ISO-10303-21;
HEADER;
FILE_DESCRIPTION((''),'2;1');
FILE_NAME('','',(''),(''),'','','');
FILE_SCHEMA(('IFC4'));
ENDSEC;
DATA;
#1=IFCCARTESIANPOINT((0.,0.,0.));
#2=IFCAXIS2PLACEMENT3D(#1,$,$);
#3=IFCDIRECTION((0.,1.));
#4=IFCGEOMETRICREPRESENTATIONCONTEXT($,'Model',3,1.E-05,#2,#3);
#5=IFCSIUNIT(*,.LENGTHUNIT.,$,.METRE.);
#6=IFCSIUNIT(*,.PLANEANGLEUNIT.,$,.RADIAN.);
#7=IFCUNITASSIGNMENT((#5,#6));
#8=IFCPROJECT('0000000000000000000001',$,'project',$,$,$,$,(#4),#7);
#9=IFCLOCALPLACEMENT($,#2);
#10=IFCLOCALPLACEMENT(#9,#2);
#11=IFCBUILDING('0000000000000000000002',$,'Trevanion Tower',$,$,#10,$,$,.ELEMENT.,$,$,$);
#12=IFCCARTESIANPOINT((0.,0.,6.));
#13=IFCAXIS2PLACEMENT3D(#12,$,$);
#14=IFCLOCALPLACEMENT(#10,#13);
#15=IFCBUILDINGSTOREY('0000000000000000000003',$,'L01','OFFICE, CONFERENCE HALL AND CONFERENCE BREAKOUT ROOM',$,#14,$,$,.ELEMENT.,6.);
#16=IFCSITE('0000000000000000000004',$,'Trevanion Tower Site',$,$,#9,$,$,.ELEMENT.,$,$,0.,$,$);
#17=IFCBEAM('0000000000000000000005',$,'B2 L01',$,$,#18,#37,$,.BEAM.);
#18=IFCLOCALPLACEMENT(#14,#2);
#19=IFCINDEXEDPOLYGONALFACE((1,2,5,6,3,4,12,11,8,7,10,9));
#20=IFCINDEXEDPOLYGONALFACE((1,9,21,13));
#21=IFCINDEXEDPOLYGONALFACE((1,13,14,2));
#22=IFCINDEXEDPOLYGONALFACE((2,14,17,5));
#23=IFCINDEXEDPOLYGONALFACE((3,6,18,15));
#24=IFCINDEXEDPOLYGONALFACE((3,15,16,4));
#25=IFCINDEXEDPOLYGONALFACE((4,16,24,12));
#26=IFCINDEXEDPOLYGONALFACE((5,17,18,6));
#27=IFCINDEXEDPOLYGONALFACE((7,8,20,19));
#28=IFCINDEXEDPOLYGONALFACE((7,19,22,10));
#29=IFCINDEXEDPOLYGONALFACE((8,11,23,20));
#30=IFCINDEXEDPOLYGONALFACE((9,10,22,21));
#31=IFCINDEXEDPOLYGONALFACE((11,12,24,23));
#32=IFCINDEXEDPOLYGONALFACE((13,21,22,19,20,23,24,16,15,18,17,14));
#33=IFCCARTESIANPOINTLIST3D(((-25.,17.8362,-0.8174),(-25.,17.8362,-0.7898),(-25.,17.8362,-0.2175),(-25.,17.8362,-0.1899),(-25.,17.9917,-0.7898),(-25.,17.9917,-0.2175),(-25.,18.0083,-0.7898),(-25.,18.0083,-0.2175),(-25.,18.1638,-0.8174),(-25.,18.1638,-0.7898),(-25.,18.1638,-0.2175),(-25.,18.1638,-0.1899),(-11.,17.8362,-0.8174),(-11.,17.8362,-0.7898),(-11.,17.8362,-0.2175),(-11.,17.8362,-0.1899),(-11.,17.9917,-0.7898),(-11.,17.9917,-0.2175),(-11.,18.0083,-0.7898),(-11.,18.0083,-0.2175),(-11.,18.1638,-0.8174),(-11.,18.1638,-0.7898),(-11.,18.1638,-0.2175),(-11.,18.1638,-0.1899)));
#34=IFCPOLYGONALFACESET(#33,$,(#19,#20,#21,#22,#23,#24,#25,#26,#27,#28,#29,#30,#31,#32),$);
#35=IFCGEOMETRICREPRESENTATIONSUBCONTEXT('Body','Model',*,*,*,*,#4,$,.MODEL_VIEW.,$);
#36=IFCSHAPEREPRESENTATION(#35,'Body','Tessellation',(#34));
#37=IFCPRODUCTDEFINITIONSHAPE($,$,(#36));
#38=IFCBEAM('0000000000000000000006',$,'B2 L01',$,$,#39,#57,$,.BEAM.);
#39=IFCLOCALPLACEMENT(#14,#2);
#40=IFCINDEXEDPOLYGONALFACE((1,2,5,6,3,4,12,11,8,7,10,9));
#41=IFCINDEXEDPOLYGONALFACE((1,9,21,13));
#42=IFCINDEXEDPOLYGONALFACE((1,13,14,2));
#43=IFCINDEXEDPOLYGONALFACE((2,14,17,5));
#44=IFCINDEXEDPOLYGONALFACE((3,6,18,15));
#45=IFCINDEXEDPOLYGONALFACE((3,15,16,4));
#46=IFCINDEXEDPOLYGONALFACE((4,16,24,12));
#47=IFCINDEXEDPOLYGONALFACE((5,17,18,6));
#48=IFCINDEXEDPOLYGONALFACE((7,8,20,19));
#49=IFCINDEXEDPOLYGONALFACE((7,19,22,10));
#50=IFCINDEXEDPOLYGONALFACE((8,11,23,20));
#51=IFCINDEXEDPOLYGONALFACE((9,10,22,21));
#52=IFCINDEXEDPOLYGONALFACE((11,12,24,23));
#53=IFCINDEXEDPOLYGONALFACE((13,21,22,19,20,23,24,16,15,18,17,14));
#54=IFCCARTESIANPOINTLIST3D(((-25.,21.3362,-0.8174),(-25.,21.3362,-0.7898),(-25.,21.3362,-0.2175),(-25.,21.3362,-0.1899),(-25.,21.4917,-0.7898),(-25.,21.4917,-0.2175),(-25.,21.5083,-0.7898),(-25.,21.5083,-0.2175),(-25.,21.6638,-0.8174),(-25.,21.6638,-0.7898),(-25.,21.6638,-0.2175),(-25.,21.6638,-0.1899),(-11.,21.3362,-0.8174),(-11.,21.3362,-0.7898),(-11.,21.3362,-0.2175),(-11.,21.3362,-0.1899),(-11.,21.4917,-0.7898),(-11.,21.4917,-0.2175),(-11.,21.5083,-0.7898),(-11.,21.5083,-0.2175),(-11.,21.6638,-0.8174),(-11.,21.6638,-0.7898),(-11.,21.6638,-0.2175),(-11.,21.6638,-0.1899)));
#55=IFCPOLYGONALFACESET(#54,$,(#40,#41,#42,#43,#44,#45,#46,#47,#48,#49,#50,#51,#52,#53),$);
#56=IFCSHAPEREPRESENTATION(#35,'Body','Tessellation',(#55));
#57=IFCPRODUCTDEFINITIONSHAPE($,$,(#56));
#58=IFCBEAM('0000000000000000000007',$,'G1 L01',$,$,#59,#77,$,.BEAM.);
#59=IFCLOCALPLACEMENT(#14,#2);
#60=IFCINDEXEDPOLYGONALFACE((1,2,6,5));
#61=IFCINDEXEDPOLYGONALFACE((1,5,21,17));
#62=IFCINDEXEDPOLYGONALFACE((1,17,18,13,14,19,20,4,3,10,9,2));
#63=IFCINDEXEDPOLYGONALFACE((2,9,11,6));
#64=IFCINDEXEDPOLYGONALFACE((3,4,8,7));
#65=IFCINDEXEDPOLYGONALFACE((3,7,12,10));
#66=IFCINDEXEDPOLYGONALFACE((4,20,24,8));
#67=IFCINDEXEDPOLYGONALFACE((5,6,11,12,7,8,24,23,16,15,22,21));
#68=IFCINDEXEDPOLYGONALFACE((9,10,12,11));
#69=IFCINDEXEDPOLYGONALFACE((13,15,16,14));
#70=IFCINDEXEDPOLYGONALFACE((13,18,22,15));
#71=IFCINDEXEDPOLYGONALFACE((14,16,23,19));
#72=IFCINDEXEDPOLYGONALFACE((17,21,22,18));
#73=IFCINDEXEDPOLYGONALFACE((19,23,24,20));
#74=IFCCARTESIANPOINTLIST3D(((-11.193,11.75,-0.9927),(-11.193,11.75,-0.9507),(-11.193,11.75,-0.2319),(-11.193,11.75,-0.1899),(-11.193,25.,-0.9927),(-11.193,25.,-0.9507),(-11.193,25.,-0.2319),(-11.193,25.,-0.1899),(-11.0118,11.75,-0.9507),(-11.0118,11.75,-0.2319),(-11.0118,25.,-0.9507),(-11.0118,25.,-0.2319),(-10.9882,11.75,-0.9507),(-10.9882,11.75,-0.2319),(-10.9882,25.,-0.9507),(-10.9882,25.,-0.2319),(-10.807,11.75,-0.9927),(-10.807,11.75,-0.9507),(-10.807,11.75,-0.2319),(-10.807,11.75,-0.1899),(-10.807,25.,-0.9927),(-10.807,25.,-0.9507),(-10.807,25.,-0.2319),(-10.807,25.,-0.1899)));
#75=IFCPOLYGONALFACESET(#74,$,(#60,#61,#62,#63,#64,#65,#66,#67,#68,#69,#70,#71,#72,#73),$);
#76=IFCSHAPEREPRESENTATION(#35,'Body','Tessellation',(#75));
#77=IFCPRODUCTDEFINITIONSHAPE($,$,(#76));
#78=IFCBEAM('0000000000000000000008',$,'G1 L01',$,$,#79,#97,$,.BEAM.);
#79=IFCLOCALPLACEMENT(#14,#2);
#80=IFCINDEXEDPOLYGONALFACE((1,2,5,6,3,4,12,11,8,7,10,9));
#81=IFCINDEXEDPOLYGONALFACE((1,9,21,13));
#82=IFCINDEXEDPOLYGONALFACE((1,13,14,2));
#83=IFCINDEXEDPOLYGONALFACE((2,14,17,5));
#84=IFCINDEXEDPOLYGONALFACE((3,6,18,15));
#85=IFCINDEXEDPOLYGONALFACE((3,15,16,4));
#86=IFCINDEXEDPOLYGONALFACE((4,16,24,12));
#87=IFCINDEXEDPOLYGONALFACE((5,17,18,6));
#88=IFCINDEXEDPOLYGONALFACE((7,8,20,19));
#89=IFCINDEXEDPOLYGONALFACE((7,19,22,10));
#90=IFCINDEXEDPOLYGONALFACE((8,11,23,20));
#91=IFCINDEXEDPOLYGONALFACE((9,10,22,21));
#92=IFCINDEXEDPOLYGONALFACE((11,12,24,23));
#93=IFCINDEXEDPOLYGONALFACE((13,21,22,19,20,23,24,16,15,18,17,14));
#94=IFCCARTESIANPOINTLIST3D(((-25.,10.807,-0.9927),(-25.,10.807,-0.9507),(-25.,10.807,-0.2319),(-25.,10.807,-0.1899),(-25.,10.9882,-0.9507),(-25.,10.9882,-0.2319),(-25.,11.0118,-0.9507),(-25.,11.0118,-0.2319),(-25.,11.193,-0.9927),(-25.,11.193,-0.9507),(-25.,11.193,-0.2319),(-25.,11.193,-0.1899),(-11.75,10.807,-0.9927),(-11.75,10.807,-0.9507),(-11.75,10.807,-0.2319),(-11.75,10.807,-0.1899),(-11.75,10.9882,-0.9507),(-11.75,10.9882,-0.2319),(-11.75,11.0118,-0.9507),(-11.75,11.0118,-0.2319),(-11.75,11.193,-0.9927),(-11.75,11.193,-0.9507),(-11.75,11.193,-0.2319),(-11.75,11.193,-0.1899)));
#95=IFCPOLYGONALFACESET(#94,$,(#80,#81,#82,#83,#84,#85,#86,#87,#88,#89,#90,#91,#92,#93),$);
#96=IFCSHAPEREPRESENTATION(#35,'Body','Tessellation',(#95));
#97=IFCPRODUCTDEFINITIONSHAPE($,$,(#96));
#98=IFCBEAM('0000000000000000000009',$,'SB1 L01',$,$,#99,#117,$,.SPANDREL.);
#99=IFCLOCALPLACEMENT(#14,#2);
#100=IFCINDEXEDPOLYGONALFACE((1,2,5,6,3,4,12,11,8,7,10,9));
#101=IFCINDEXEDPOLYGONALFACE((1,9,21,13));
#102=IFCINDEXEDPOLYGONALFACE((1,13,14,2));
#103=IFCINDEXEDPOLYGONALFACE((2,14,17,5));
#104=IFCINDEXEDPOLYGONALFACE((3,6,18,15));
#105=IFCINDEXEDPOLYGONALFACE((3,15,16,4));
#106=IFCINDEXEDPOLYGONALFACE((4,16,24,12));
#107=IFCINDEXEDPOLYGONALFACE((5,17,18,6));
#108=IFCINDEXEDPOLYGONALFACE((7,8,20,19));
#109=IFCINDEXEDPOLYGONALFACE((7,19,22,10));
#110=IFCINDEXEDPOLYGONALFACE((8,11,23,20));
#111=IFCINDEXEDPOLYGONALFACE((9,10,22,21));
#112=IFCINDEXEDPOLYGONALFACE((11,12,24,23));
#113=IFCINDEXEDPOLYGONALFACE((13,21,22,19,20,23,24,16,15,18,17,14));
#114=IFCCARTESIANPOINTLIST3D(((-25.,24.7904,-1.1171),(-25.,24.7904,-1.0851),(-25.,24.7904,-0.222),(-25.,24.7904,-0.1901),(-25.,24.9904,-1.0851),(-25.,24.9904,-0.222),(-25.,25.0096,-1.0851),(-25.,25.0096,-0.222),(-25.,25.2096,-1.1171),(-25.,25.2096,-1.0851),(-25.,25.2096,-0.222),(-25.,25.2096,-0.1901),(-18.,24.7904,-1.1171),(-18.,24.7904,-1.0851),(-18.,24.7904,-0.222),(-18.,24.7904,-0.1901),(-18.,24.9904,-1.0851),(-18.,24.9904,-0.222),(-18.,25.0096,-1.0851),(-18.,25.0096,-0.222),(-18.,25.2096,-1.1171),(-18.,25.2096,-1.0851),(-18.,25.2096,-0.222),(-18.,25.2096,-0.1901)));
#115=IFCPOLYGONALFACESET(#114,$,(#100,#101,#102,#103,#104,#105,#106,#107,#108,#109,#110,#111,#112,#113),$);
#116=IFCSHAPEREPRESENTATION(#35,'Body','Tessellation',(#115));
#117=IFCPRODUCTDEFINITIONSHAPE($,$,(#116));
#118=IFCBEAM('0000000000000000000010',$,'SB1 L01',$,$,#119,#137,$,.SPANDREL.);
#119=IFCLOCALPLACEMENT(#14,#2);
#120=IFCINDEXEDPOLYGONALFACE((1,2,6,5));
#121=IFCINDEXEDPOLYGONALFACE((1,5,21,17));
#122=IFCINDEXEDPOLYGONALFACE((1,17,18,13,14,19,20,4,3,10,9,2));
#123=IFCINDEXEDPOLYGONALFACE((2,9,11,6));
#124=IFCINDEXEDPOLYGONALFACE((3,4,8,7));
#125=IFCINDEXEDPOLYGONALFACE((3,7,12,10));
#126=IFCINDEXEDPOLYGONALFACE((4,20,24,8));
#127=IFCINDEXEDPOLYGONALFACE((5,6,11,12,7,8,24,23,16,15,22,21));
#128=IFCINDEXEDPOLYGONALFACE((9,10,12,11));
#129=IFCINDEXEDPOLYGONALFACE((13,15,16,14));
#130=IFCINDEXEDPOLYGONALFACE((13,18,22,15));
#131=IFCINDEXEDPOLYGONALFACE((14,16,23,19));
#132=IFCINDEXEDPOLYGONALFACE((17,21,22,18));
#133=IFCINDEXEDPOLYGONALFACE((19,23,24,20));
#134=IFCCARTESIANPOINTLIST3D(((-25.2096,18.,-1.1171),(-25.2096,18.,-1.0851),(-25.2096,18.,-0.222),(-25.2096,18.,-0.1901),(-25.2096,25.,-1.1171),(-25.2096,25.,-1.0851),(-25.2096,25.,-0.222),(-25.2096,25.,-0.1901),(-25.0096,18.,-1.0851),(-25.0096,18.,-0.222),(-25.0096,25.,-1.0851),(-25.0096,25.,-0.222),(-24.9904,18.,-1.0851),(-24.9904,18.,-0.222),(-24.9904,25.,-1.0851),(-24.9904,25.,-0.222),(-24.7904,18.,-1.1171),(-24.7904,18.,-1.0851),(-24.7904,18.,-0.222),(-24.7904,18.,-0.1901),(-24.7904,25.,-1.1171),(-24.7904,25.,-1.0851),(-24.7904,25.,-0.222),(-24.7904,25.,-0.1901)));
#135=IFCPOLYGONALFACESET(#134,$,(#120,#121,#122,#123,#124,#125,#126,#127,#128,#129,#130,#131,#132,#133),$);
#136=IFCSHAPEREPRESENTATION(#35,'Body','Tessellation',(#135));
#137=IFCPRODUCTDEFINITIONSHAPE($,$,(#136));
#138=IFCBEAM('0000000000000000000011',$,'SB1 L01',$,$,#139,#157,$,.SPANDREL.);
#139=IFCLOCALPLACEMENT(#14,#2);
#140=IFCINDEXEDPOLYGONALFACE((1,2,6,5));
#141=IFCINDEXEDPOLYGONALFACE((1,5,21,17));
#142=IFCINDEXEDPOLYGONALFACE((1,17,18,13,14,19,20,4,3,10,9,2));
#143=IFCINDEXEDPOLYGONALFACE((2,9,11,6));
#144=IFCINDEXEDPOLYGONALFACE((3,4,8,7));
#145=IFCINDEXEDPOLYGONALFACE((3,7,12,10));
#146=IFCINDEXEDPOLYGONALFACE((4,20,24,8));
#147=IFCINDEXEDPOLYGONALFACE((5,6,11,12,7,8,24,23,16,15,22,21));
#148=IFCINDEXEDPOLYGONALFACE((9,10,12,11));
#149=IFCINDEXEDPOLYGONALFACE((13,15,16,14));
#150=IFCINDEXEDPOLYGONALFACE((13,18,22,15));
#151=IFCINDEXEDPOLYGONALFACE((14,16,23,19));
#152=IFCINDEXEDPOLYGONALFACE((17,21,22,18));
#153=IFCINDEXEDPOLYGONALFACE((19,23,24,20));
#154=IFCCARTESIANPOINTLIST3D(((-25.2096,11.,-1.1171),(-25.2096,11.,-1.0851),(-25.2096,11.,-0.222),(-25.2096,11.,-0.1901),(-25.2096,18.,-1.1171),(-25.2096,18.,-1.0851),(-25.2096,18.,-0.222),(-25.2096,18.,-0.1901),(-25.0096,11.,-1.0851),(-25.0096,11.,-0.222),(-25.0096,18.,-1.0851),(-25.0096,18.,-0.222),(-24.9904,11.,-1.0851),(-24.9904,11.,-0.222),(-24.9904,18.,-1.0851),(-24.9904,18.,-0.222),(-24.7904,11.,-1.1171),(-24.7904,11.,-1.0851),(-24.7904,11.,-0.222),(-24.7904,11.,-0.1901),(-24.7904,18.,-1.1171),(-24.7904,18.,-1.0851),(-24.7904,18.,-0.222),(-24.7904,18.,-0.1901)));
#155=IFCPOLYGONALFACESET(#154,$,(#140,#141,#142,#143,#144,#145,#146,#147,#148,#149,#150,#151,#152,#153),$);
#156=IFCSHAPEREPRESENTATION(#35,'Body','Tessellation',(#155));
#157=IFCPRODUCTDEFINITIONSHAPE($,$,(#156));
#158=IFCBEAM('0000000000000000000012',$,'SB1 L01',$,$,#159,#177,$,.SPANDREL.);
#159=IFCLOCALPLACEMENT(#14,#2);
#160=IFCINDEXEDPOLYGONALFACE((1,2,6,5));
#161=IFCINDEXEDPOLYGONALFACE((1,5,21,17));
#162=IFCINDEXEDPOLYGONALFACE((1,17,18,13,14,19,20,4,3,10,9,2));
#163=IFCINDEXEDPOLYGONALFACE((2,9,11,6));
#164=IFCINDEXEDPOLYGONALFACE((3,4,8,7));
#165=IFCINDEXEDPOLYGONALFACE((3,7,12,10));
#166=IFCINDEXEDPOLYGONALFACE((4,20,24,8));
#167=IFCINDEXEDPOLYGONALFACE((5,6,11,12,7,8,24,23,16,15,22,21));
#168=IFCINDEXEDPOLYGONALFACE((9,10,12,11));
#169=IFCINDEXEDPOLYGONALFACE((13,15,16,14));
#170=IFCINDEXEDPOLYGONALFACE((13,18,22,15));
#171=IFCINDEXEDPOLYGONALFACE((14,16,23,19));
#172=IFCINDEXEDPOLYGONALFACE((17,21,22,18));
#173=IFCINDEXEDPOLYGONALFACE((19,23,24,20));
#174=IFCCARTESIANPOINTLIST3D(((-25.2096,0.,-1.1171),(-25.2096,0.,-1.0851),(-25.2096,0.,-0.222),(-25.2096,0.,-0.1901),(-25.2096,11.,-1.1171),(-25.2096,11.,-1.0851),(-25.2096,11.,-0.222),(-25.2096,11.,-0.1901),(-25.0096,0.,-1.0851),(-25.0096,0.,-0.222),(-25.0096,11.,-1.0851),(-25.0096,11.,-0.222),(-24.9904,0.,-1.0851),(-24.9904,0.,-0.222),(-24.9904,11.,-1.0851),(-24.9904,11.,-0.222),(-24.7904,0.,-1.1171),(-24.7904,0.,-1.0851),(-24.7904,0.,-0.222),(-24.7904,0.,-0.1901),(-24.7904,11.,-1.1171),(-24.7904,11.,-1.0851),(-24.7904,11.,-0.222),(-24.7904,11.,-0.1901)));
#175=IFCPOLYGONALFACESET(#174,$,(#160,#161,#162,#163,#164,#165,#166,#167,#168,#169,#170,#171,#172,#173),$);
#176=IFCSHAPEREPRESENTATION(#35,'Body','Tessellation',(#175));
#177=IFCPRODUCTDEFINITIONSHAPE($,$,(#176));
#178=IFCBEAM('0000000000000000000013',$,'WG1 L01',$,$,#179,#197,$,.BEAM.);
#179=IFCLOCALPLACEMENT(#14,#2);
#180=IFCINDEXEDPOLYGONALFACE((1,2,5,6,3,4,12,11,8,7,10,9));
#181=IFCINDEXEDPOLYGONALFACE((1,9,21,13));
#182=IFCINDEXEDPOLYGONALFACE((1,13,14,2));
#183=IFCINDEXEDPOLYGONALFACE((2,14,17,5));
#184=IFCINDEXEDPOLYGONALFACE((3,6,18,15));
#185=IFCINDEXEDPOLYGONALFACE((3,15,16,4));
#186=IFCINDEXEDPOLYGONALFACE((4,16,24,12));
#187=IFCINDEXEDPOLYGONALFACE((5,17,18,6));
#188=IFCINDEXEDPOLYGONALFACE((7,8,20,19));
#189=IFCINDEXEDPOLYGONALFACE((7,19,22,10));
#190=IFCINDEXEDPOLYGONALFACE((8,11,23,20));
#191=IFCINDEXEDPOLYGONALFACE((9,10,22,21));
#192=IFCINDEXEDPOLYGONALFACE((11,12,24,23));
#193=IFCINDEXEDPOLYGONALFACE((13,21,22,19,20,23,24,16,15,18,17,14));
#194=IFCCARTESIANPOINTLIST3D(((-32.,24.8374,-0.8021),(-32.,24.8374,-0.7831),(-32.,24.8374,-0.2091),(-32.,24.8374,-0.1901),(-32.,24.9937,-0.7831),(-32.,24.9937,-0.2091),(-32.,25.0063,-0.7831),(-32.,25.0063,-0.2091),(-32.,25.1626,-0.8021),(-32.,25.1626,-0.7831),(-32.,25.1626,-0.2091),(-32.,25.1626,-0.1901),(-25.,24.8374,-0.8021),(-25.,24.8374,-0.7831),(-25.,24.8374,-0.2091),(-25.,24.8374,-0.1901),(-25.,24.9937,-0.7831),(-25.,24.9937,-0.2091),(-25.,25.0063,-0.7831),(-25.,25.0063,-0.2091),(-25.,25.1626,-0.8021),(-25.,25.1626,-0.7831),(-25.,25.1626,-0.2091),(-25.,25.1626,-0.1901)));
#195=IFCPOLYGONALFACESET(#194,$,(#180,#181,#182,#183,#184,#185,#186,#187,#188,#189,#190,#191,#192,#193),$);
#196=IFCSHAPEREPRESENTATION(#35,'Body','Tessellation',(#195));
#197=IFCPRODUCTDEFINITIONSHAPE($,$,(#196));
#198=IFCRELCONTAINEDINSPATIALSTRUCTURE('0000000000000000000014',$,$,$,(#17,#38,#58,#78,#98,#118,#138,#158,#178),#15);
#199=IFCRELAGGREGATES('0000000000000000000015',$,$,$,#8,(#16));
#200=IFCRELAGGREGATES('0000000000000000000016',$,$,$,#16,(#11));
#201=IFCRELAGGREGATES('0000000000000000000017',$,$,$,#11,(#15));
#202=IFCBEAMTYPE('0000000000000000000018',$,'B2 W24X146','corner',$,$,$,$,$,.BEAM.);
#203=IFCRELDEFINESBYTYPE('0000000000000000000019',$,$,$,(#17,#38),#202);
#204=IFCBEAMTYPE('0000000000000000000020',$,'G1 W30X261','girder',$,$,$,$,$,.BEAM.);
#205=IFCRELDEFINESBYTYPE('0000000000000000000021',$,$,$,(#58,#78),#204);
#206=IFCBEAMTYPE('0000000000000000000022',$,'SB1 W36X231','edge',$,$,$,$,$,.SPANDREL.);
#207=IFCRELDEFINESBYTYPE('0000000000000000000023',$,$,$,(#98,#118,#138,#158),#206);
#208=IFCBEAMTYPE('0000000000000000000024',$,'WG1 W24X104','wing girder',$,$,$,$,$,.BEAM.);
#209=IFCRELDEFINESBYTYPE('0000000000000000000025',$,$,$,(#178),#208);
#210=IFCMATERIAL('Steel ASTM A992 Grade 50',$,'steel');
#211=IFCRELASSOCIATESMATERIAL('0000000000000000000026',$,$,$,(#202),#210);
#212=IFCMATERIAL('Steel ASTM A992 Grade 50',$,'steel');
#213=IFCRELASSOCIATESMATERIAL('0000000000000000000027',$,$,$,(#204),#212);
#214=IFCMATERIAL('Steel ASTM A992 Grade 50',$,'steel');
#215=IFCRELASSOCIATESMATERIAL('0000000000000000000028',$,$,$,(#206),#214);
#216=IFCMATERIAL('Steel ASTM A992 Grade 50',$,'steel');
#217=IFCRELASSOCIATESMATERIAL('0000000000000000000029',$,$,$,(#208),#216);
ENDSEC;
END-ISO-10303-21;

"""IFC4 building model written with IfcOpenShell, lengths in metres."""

from ifc_helpers import new_model, si_unit, direction, frame, origin, origin_2d, place, context, subcontext, project, spatial, i_section, extrude, material, material_profile, profile_set, type_object, element, save


model = new_model("IFC4")

# Units and contexts
model_context = context("Model", 3, precision=1e-05, world=origin(), true_north=direction((0.0, 1.0)))
body_context = subcontext(model_context, "Body", "Model", "MODEL_VIEW")
ifc_project = project(units=[si_unit("LENGTHUNIT", "METRE"), si_unit("PLANEANGLEUNIT", "RADIAN")], contexts=[model_context])

# Site, building, storey
site_placement = place(None, origin())
site = spatial("IfcSite", under=ifc_project, at=site_placement, Name="Trevanion Tower Site", CompositionType="ELEMENT", RefElevation=0.0)
building_placement = place(site_placement, origin())
building = spatial("IfcBuilding", under=site, at=building_placement, Name="Trevanion Tower", CompositionType="ELEMENT")
storey_placement = place(building_placement, frame((0.0, 0.0, 6.0)))
storey = spatial("IfcBuildingStorey", under=building, at=storey_placement, Name="L01", Description="OFFICE, CONFERENCE HALL AND CONFERENCE BREAKOUT ROOM", CompositionType="ELEMENT", Elevation=6.0)

# Beams
ifc_material_1 = material(Name="Steel ASTM A992 Grade 50", Category="steel")
ifc_material_profile_1 = material_profile(ifc_material_1, i_section(OverallWidth=0.3276, OverallDepth=0.6274, WebThickness=0.0166, FlangeThickness=0.0276, at=origin_2d()), Name="W24X146")
ifc_profile_set_1 = profile_set([ifc_material_profile_1], Name="Steel ASTM A992 Grade 50")
beam_type_1 = type_object("IfcBeamType", Name="B2 W24X146", Description="corner", PredefinedType="BEAM", material=ifc_profile_set_1)
for number, where, z_axis, x_axis, name in (
    (1, (-11.0, 18.0, -0.5037), (-1.0, 0.0, 0.0), (0.0, -1.0, 0.0), "B2 L01"),
    (2, (-11.0, 21.5, -0.5037), (-1.0, 0.0, 0.0), (0.0, -1.0, 0.0), "B2 L01"),
):
    element("IfcBeam", number, at=place(storey_placement, frame(where, z_axis=z_axis, x_axis=x_axis)), inside=storey, type_object=beam_type_1, Name=name, PredefinedType="BEAM", context=body_context, shape_type="SweptSolid", body=[
        extrude(i_section(OverallWidth=0.3276, OverallDepth=0.6274, WebThickness=0.0166, FlangeThickness=0.0276, at=origin_2d()), origin(), (0.0, 0.0, 1.0), 14.0),
    ])
ifc_material_2 = material(Name="Steel ASTM A992 Grade 50", Category="steel")
ifc_material_profile_2 = material_profile(ifc_material_2, i_section(OverallWidth=0.386, OverallDepth=0.8027, WebThickness=0.0237, FlangeThickness=0.042, at=origin_2d()), Name="W30X261")
ifc_profile_set_2 = profile_set([ifc_material_profile_2], Name="Steel ASTM A992 Grade 50")
beam_type_2 = type_object("IfcBeamType", Name="G1 W30X261", Description="girder", PredefinedType="BEAM", material=ifc_profile_set_2)
for number, where, z_axis, x_axis, name in (
    (3, (-11.0, 11.75, -0.5913), (0.0, 1.0, 0.0), (-1.0, 0.0, 0.0), "G1 L01"),
    (4, (-11.75, 11.0, -0.5913), (-1.0, 0.0, 0.0), (0.0, -1.0, 0.0), "G1 L01"),
):
    element("IfcBeam", number, at=place(storey_placement, frame(where, z_axis=z_axis, x_axis=x_axis)), inside=storey, type_object=beam_type_2, Name=name, PredefinedType="BEAM", context=body_context, shape_type="SweptSolid", body=[
        extrude(i_section(OverallWidth=0.386, OverallDepth=0.8027, WebThickness=0.0237, FlangeThickness=0.042, at=origin_2d()), origin(), (0.0, 0.0, 1.0), 13.25),
    ])
ifc_material_3 = material(Name="Steel ASTM A992 Grade 50", Category="steel")
ifc_material_profile_3 = material_profile(ifc_material_3, i_section(OverallWidth=0.4192, OverallDepth=0.927, WebThickness=0.0193, FlangeThickness=0.032, at=origin_2d()), Name="W36X231")
ifc_profile_set_3 = profile_set([ifc_material_profile_3], Name="Steel ASTM A992 Grade 50")
beam_type_3 = type_object("IfcBeamType", Name="SB1 W36X231", Description="edge", PredefinedType="SPANDREL", material=ifc_profile_set_3)
for number, where, z_axis, x_axis, name in (
    (5, (-18.0, 25.0, -0.6536), (-1.0, 0.0, 0.0), (0.0, -1.0, 0.0), "SB1 L01"),
    (6, (-25.0, 25.0, -0.6536), (0.0, -1.0, 0.0), (1.0, 0.0, 0.0), "SB1 L01"),
    (7, (-25.0, 18.0, -0.6536), (0.0, -1.0, 0.0), (1.0, 0.0, 0.0), "SB1 L01"),
):
    element("IfcBeam", number, at=place(storey_placement, frame(where, z_axis=z_axis, x_axis=x_axis)), inside=storey, type_object=beam_type_3, Name=name, PredefinedType="SPANDREL", context=body_context, shape_type="SweptSolid", body=[
        extrude(i_section(OverallWidth=0.4192, OverallDepth=0.927, WebThickness=0.0193, FlangeThickness=0.032, at=origin_2d()), origin(), (0.0, 0.0, 1.0), 7.0),
    ])
beam_placement = place(storey_placement, frame((-25.0, 11.0, -0.6536), z_axis=(0.0, -1.0, 0.0), x_axis=(1.0, 0.0, 0.0)))
element("IfcBeam", 8, at=beam_placement, inside=storey, type_object=beam_type_3, Name="SB1 L01", PredefinedType="SPANDREL", context=body_context, shape_type="SweptSolid", body=[
    extrude(i_section(OverallWidth=0.4192, OverallDepth=0.927, WebThickness=0.0193, FlangeThickness=0.032, at=origin_2d()), origin(), (0.0, 0.0, 1.0), 11.0),
])
ifc_material_4 = material(Name="Steel ASTM A992 Grade 50", Category="steel")
ifc_material_profile_4 = material_profile(ifc_material_4, i_section(OverallWidth=0.3252, OverallDepth=0.6121, WebThickness=0.0127, FlangeThickness=0.019, at=origin_2d()), Name="W24X104")
ifc_profile_set_4 = profile_set([ifc_material_profile_4], Name="Steel ASTM A992 Grade 50")
beam_type_4 = type_object("IfcBeamType", Name="WG1 W24X104", Description="wing girder", PredefinedType="BEAM", material=ifc_profile_set_4)
for number, where, z_axis, x_axis, name in (
    (9, (-25.0, 25.0, -0.4961), (-1.0, 0.0, 0.0), (0.0, -1.0, 0.0), "WG1 L01"),
):
    element("IfcBeam", number, at=place(storey_placement, frame(where, z_axis=z_axis, x_axis=x_axis)), inside=storey, type_object=beam_type_4, Name=name, PredefinedType="BEAM", context=body_context, shape_type="SweptSolid", body=[
        extrude(i_section(OverallWidth=0.3252, OverallDepth=0.6121, WebThickness=0.0127, FlangeThickness=0.019, at=origin_2d()), origin(), (0.0, 0.0, 1.0), 7.0),
    ])

save(model, "model.ifc")
